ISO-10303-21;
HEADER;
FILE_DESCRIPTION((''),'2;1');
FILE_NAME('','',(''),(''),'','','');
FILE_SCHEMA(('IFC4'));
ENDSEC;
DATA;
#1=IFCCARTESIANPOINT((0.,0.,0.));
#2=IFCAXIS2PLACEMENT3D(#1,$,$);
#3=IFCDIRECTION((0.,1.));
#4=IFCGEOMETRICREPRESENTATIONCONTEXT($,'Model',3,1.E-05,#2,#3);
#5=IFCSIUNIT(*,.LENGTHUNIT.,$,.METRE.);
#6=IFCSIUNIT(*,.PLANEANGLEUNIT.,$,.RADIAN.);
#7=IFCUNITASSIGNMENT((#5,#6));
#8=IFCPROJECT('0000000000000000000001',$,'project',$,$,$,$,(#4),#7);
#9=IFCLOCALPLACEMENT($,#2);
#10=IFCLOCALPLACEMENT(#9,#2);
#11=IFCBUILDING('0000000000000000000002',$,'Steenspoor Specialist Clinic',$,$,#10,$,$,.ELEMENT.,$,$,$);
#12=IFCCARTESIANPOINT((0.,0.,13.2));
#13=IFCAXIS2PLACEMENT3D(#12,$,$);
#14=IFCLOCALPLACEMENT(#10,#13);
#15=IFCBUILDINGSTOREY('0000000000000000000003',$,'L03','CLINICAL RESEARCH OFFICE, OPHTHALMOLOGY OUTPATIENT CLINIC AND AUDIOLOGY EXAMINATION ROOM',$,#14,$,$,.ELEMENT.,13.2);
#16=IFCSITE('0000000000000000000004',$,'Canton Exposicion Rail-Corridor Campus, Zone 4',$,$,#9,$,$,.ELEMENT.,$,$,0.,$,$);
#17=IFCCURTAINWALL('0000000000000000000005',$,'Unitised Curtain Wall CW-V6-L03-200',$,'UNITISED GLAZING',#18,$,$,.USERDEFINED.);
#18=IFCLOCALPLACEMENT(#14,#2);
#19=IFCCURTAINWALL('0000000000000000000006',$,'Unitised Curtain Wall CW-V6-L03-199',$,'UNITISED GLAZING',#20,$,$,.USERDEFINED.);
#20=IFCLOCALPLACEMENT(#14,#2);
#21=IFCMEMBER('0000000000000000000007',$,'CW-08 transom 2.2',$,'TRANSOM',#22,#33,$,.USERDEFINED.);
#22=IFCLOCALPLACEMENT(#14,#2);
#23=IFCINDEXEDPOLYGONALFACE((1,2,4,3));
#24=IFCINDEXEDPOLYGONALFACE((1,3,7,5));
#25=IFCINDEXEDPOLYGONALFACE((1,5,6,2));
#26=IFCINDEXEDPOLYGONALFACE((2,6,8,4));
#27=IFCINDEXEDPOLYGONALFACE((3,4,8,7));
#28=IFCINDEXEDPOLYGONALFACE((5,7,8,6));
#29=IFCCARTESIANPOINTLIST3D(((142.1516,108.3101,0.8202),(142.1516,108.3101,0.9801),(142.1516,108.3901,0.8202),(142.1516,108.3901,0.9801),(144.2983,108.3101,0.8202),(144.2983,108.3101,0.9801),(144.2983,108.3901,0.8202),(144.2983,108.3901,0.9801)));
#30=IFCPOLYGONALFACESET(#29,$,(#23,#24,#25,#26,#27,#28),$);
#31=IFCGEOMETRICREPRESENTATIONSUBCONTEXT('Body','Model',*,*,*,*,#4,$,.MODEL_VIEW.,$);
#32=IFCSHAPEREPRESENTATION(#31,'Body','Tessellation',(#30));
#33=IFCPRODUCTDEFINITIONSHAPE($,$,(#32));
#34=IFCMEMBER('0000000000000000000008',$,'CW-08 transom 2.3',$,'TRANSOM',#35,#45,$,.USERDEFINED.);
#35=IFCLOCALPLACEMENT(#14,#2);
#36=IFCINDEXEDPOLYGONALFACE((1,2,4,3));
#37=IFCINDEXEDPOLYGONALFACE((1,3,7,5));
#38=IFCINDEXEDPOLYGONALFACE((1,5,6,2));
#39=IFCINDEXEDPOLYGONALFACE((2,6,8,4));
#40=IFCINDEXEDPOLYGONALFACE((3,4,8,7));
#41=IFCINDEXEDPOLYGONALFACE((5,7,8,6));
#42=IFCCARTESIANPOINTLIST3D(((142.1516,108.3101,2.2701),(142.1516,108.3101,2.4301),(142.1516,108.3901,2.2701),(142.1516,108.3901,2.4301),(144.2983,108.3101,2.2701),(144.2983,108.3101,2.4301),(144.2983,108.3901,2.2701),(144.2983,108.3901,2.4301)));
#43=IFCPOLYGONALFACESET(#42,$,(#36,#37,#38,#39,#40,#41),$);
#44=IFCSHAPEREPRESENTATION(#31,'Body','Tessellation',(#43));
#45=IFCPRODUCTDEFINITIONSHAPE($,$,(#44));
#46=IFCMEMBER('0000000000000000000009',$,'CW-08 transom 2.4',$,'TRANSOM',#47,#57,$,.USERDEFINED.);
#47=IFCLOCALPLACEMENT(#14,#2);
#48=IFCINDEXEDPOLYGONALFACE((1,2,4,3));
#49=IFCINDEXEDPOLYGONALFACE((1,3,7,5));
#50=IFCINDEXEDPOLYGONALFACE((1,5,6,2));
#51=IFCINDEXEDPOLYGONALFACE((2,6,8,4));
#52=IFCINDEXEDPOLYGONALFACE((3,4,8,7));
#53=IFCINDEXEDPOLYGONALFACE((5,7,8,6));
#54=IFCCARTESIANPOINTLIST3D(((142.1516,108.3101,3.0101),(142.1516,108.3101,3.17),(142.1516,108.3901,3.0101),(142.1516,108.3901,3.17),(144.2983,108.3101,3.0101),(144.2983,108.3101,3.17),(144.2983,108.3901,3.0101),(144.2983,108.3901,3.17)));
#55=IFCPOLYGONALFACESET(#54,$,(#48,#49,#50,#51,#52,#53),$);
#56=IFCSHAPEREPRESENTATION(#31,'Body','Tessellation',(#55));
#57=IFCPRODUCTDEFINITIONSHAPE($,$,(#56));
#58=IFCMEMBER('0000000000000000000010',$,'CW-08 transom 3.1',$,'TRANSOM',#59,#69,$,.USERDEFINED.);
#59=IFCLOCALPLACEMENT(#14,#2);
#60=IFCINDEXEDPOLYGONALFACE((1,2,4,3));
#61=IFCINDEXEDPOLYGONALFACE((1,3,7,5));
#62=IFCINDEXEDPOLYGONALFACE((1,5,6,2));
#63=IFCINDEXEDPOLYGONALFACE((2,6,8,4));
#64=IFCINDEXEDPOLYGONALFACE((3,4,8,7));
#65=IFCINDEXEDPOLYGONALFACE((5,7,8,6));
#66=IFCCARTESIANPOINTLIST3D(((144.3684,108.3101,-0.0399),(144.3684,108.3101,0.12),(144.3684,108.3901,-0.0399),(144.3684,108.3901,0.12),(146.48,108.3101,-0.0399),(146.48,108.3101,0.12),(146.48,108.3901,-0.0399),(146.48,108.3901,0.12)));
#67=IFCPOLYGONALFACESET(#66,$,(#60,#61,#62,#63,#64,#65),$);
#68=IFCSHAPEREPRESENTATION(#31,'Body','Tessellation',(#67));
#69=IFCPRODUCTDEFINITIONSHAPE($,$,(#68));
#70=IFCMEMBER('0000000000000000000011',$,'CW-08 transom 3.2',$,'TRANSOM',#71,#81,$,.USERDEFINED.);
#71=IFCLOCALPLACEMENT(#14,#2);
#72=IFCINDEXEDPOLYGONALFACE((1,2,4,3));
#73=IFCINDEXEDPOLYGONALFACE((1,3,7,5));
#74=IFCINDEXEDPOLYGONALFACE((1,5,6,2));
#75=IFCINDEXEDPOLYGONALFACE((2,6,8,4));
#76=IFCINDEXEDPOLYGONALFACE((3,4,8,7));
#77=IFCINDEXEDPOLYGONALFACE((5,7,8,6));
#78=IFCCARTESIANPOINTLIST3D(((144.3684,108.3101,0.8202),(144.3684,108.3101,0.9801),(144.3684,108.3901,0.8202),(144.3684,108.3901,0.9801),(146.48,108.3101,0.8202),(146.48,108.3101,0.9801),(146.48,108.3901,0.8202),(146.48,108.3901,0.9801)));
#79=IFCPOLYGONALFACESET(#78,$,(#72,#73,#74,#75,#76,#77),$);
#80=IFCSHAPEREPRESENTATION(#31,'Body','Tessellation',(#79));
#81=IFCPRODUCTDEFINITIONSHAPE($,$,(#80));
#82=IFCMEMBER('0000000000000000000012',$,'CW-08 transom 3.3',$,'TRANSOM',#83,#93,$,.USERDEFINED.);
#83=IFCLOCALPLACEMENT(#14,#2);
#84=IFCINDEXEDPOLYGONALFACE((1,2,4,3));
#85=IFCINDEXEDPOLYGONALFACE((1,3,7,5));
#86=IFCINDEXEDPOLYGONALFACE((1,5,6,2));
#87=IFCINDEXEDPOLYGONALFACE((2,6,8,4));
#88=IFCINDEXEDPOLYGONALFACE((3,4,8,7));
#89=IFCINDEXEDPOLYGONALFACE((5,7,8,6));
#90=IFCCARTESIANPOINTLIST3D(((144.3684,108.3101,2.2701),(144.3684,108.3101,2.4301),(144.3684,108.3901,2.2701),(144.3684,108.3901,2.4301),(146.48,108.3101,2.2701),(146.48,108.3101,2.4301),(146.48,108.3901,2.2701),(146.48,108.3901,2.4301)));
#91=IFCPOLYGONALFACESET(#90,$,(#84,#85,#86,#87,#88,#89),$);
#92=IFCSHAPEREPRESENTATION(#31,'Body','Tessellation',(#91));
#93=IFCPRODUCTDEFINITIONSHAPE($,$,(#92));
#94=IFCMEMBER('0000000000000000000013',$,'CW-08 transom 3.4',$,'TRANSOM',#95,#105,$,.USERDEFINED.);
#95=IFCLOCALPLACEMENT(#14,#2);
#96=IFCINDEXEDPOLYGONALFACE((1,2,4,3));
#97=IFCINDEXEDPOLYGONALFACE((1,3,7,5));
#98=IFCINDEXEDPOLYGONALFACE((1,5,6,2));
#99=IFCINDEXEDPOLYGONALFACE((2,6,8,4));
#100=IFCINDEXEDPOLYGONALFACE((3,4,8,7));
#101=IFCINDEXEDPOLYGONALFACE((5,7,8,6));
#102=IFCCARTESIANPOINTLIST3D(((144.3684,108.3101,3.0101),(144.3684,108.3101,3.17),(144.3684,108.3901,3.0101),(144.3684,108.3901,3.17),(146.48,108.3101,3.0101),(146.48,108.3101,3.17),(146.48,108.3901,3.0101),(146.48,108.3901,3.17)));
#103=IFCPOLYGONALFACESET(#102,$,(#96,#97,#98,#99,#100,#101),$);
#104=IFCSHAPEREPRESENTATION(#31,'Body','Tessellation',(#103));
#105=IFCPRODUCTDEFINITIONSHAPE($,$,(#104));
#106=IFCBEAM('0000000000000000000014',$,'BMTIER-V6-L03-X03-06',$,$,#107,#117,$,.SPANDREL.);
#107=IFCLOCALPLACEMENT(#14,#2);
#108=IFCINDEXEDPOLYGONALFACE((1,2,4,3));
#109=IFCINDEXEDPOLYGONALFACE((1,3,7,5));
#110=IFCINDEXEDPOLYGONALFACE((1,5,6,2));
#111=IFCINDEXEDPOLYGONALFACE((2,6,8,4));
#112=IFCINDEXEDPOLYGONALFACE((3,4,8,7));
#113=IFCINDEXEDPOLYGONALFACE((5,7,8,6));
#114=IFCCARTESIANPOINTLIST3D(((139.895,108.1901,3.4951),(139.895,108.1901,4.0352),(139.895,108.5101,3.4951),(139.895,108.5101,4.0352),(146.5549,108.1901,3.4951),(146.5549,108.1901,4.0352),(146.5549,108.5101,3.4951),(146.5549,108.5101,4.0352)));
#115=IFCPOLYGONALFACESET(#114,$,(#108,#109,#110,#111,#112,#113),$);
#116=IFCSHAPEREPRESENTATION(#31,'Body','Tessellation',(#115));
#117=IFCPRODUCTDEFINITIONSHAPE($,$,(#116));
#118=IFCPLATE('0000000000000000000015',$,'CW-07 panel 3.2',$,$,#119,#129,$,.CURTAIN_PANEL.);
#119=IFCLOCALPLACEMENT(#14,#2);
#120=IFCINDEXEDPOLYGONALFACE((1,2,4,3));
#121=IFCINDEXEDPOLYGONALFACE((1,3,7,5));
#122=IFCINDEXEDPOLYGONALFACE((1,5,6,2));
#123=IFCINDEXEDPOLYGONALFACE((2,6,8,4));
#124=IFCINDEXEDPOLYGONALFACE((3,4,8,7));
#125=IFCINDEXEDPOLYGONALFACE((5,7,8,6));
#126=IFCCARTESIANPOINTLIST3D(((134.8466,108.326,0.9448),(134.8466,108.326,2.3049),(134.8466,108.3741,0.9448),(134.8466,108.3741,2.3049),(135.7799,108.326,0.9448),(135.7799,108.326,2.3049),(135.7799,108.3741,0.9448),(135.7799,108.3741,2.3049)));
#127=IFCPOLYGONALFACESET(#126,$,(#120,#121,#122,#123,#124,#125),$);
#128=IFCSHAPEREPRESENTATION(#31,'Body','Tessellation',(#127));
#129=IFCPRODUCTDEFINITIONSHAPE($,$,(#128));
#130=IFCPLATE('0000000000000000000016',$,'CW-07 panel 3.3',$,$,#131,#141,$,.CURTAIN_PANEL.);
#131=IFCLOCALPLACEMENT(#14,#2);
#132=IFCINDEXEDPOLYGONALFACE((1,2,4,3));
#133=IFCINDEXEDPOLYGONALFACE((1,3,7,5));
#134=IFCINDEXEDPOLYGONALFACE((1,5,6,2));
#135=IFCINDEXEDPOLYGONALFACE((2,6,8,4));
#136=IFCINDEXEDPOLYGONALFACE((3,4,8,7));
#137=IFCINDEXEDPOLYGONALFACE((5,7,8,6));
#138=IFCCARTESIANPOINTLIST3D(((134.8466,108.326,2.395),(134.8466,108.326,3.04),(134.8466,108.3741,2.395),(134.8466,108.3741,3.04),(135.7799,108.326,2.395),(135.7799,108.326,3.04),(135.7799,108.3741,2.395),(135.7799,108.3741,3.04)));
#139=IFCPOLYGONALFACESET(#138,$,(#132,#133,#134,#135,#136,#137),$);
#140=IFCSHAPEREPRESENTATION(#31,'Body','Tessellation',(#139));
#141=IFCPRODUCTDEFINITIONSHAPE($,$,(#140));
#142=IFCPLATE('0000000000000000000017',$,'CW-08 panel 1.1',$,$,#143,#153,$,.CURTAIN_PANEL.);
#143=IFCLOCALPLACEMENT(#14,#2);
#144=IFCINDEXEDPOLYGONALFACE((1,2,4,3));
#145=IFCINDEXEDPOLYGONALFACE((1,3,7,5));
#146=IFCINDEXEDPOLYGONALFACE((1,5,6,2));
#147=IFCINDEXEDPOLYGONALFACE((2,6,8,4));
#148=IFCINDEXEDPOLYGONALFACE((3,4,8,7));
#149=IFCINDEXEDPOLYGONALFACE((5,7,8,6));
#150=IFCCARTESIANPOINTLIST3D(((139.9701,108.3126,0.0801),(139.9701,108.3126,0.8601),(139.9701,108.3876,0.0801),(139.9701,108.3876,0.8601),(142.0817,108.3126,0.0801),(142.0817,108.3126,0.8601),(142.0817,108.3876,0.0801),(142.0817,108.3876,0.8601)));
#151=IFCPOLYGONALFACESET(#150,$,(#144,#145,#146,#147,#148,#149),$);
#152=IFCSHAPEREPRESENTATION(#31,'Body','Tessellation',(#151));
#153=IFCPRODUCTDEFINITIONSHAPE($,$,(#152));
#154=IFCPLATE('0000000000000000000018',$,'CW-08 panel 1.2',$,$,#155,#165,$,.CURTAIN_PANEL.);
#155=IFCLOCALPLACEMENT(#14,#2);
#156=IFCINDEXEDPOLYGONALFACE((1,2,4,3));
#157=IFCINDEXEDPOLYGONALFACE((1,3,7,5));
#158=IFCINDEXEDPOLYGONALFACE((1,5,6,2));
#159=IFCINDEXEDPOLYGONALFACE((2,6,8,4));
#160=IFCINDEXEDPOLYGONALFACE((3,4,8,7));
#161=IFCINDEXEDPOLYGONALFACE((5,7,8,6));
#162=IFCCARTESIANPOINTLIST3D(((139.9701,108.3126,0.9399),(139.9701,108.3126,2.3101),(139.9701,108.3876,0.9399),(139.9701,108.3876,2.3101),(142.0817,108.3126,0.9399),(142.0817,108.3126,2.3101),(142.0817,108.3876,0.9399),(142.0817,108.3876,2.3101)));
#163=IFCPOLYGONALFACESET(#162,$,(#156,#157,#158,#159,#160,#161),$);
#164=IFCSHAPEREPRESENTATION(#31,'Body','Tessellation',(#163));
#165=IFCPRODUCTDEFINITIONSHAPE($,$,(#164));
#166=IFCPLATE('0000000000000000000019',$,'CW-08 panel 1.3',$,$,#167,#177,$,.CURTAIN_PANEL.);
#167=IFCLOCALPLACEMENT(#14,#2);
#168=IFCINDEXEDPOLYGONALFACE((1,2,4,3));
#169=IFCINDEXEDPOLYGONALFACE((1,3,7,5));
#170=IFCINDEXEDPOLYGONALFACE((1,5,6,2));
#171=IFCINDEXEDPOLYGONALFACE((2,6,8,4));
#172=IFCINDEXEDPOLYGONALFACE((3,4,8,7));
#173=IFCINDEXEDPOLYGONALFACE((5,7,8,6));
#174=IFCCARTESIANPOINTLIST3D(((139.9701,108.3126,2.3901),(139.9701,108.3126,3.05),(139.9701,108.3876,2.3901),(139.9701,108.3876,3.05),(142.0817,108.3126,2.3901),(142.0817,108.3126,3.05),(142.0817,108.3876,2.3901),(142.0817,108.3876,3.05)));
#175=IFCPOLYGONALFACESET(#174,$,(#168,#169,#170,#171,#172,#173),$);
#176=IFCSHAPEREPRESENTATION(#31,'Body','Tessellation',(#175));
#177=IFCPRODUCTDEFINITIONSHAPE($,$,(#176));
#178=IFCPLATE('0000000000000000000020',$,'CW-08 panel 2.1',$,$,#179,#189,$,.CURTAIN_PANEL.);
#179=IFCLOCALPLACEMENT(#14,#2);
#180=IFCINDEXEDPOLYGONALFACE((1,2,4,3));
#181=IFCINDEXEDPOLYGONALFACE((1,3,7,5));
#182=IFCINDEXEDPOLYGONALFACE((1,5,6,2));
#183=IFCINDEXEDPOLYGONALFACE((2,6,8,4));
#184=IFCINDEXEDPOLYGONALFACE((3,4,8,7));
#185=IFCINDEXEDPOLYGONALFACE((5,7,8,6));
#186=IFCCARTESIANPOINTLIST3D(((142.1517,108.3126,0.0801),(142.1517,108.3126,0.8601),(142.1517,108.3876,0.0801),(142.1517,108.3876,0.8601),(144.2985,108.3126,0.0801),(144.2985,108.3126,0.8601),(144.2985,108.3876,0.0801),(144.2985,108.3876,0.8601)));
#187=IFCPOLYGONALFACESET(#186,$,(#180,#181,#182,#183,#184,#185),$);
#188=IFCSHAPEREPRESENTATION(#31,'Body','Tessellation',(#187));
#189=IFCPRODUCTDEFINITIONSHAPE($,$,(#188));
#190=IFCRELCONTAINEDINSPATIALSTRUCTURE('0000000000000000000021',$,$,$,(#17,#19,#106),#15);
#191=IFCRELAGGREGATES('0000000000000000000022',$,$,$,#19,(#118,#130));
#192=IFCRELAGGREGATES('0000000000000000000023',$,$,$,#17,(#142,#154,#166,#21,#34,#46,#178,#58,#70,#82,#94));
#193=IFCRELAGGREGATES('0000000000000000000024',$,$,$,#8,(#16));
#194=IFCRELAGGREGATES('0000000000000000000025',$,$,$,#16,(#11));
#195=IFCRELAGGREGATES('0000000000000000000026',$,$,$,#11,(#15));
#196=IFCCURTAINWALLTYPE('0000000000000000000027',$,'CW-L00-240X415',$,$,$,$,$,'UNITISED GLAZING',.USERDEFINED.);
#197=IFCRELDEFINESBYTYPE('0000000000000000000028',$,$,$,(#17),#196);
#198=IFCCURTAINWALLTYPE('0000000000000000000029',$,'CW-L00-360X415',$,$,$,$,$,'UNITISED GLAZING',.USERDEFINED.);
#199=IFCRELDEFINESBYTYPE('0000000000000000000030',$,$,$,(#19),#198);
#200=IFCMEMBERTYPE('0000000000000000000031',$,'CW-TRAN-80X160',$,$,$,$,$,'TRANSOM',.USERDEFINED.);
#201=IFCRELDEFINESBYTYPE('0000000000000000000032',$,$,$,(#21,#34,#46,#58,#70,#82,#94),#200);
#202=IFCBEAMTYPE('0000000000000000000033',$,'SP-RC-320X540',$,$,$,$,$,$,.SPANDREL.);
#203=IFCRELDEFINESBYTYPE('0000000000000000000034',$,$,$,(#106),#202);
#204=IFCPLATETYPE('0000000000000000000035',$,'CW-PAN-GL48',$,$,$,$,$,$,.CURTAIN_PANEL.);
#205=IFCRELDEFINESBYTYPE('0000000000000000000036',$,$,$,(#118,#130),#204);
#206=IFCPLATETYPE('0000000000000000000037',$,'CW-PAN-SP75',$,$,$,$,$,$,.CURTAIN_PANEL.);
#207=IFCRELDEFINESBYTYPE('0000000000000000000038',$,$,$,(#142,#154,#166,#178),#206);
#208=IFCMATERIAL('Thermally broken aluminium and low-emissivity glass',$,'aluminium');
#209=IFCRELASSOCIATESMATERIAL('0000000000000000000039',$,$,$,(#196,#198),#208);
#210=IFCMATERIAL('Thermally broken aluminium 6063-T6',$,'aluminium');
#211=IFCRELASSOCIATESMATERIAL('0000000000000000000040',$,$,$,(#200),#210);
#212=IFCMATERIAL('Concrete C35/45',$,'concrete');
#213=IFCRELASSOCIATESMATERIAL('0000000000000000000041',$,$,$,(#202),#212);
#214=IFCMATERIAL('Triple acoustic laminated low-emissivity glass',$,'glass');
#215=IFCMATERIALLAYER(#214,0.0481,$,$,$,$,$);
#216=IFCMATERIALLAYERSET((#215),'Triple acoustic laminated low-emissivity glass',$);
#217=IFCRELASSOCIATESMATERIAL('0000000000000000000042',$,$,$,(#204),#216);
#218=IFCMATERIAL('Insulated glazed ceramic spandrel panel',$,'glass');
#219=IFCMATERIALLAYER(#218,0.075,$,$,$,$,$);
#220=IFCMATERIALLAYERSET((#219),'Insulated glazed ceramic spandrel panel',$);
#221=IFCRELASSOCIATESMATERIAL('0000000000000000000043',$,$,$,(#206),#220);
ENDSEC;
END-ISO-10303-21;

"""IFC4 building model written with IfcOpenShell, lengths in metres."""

from ifc_helpers import new_model, si_unit, direction, frame, origin, origin_2d, place, context, subcontext, project, spatial, rectangle, extrude, material, layer, layer_set, material_profile, profile_set, type_object, element, aggregate, save


model = new_model("IFC4")

# Units and contexts
model_context = context("Model", 3, precision=1e-05, world=origin(), true_north=direction((0.0, 1.0)))
body_context = subcontext(model_context, "Body", "Model", "MODEL_VIEW")
ifc_project = project(units=[si_unit("LENGTHUNIT", "METRE"), si_unit("PLANEANGLEUNIT", "RADIAN")], contexts=[model_context])

# Site, building, storey
site_placement = place(None, origin())
site = spatial("IfcSite", under=ifc_project, at=site_placement, Name="Canton Exposicion Rail-Corridor Campus, Zone 4", CompositionType="ELEMENT", RefElevation=0.0)
building_placement = place(site_placement, origin())
building = spatial("IfcBuilding", under=site, at=building_placement, Name="Steenspoor Specialist Clinic", CompositionType="ELEMENT")
storey_placement = place(building_placement, frame((0.0, 0.0, 13.2)))
storey = spatial("IfcBuildingStorey", under=building, at=storey_placement, Name="L03", Description="CLINICAL RESEARCH OFFICE, OPHTHALMOLOGY OUTPATIENT CLINIC AND AUDIOLOGY EXAMINATION ROOM", CompositionType="ELEMENT", Elevation=13.2)

# Curtain wall
ifc_material_1 = material(Name="Thermally broken aluminium and low-emissivity glass", Category="aluminium")
curtain_wall_type_1 = type_object("IfcCurtainWallType", Name="CW-L00-240X415", ElementType="UNITISED GLAZING", PredefinedType="USERDEFINED", material=ifc_material_1)
curtain_wall_1_placement = place(storey_placement, origin())
curtain_wall_1 = element("IfcCurtainWall", 1, at=curtain_wall_1_placement, inside=storey, type_object=curtain_wall_type_1, Name="Unitised Curtain Wall CW-V6-L03-200", ObjectType="UNITISED GLAZING", PredefinedType="USERDEFINED")
ifc_material_2 = material(Name="Thermally broken aluminium 6063-T6", Category="aluminium")

# Curtain wall
curtain_wall_type_2 = type_object("IfcCurtainWallType", Name="CW-L00-360X415", ElementType="UNITISED GLAZING", PredefinedType="USERDEFINED", material=ifc_material_1)
curtain_wall_2_placement = place(storey_placement, origin())
curtain_wall_2 = element("IfcCurtainWall", 2, at=curtain_wall_2_placement, inside=storey, type_object=curtain_wall_type_2, Name="Unitised Curtain Wall CW-V6-L03-199", ObjectType="UNITISED GLAZING", PredefinedType="USERDEFINED")

# Members
ifc_material_profile_1 = material_profile(ifc_material_2, rectangle(XDim=0.0801, YDim=0.1599, at=origin_2d()), Name="CWT-80X160")
ifc_profile_set_1 = profile_set([ifc_material_profile_1], Name="Thermally broken aluminium 6063-T6")
member_type_1 = type_object("IfcMemberType", Name="CW-TRAN-80X160", ElementType="TRANSOM", PredefinedType="USERDEFINED", material=ifc_profile_set_1)
member_1_placement = place(storey_placement, frame((142.1516, 108.3501, 0.9001), z_axis=(1.0, 0.0, 0.0), x_axis=(0.0, 1.0, 0.0)))
member_1 = element("IfcMember", 3, at=member_1_placement, type_object=member_type_1, Name="CW-08 transom 2.2", ObjectType="TRANSOM", PredefinedType="USERDEFINED", context=body_context, shape_type="SweptSolid", body=[
    extrude(rectangle(XDim=0.0801, YDim=0.1599, at=origin_2d()), origin(), (0.0, 0.0, 1.0), 2.1467),
])
member_2_placement = place(storey_placement, frame((142.1516, 108.3501, 2.3501), z_axis=(1.0, 0.0, 0.0), x_axis=(0.0, 1.0, 0.0)))
member_2 = element("IfcMember", 4, at=member_2_placement, type_object=member_type_1, Name="CW-08 transom 2.3", ObjectType="TRANSOM", PredefinedType="USERDEFINED", context=body_context, shape_type="SweptSolid", body=[
    extrude(rectangle(XDim=0.0801, YDim=0.1599, at=origin_2d()), origin(), (0.0, 0.0, 1.0), 2.1467),
])
member_3_placement = place(storey_placement, frame((142.1516, 108.3501, 3.0901), z_axis=(1.0, 0.0, 0.0), x_axis=(0.0, 1.0, 0.0)))
member_3 = element("IfcMember", 5, at=member_3_placement, type_object=member_type_1, Name="CW-08 transom 2.4", ObjectType="TRANSOM", PredefinedType="USERDEFINED", context=body_context, shape_type="SweptSolid", body=[
    extrude(rectangle(XDim=0.0801, YDim=0.1599, at=origin_2d()), origin(), (0.0, 0.0, 1.0), 2.1467),
])
member_4_placement = place(storey_placement, frame((144.3684, 108.3501, 0.04), z_axis=(1.0, 0.0, 0.0), x_axis=(0.0, 1.0, 0.0)))
member_4 = element("IfcMember", 6, at=member_4_placement, type_object=member_type_1, Name="CW-08 transom 3.1", ObjectType="TRANSOM", PredefinedType="USERDEFINED", context=body_context, shape_type="SweptSolid", body=[
    extrude(rectangle(XDim=0.0801, YDim=0.1599, at=origin_2d()), origin(), (0.0, 0.0, 1.0), 2.1116),
])
member_5_placement = place(storey_placement, frame((144.3684, 108.3501, 0.9001), z_axis=(1.0, 0.0, 0.0), x_axis=(0.0, 1.0, 0.0)))
member_5 = element("IfcMember", 7, at=member_5_placement, type_object=member_type_1, Name="CW-08 transom 3.2", ObjectType="TRANSOM", PredefinedType="USERDEFINED", context=body_context, shape_type="SweptSolid", body=[
    extrude(rectangle(XDim=0.0801, YDim=0.1599, at=origin_2d()), origin(), (0.0, 0.0, 1.0), 2.1116),
])
member_6_placement = place(storey_placement, frame((144.3684, 108.3501, 2.3501), z_axis=(1.0, 0.0, 0.0), x_axis=(0.0, 1.0, 0.0)))
member_6 = element("IfcMember", 8, at=member_6_placement, type_object=member_type_1, Name="CW-08 transom 3.3", ObjectType="TRANSOM", PredefinedType="USERDEFINED", context=body_context, shape_type="SweptSolid", body=[
    extrude(rectangle(XDim=0.0801, YDim=0.1599, at=origin_2d()), origin(), (0.0, 0.0, 1.0), 2.1116),
])
member_7_placement = place(storey_placement, frame((144.3684, 108.3501, 3.0901), z_axis=(1.0, 0.0, 0.0), x_axis=(0.0, 1.0, 0.0)))
member_7 = element("IfcMember", 9, at=member_7_placement, type_object=member_type_1, Name="CW-08 transom 3.4", ObjectType="TRANSOM", PredefinedType="USERDEFINED", context=body_context, shape_type="SweptSolid", body=[
    extrude(rectangle(XDim=0.0801, YDim=0.1599, at=origin_2d()), origin(), (0.0, 0.0, 1.0), 2.1116),
])

# Beam
ifc_material_3 = material(Name="Concrete C35/45", Category="concrete")
ifc_material_profile_2 = material_profile(ifc_material_3, rectangle(XDim=0.3201, YDim=0.54, at=origin_2d()), Name="RC-SP-320X540")
ifc_profile_set_2 = profile_set([ifc_material_profile_2], Name="Concrete C35/45")
beam_type = type_object("IfcBeamType", Name="SP-RC-320X540", PredefinedType="SPANDREL", material=ifc_profile_set_2)
beam_placement = place(storey_placement, frame((139.895, 108.3501, 3.7651), z_axis=(1.0, 0.0, 0.0), x_axis=(0.0, 1.0, 0.0)))
element("IfcBeam", 10, at=beam_placement, inside=storey, type_object=beam_type, Name="BMTIER-V6-L03-X03-06", PredefinedType="SPANDREL", context=body_context, shape_type="SweptSolid", body=[
    extrude(rectangle(XDim=0.3201, YDim=0.54, at=origin_2d()), origin(), (0.0, 0.0, 1.0), 6.6599),
])

# Plates
ifc_material_4 = material(Name="Triple acoustic laminated low-emissivity glass", Category="glass")
ifc_layer_1 = layer(ifc_material_4, 0.0481)
ifc_layer_set_1 = layer_set([ifc_layer_1], Name="Triple acoustic laminated low-emissivity glass")
plate_type_1 = type_object("IfcPlateType", Name="CW-PAN-GL48", PredefinedType="CURTAIN_PANEL", material=ifc_layer_set_1)
plate_1_placement = place(storey_placement, frame((135.3132, 108.3501, 0.9448), z_axis=(0.0, 0.0, 1.0), x_axis=(1.0, 0.0, 0.0)))
plate_1 = element("IfcPlate", 11, at=plate_1_placement, type_object=plate_type_1, Name="CW-07 panel 3.2", PredefinedType="CURTAIN_PANEL", context=body_context, shape_type="SweptSolid", body=[
    extrude(rectangle(XDim=0.9333, YDim=0.0481, at=origin_2d()), origin(), (0.0, 0.0, 1.0), 1.3601),
])
plate_2_placement = place(storey_placement, frame((135.3132, 108.3501, 2.395), z_axis=(0.0, 0.0, 1.0), x_axis=(1.0, 0.0, 0.0)))
plate_2 = element("IfcPlate", 12, at=plate_2_placement, type_object=plate_type_1, Name="CW-07 panel 3.3", PredefinedType="CURTAIN_PANEL", context=body_context, shape_type="SweptSolid", body=[
    extrude(rectangle(XDim=0.9333, YDim=0.0481, at=origin_2d()), origin(), (0.0, 0.0, 1.0), 0.645),
])
aggregate(curtain_wall_2, [plate_1, plate_2])
ifc_material_5 = material(Name="Insulated glazed ceramic spandrel panel", Category="glass")
ifc_layer_2 = layer(ifc_material_5, 0.075)
ifc_layer_set_2 = layer_set([ifc_layer_2], Name="Insulated glazed ceramic spandrel panel")
plate_type_2 = type_object("IfcPlateType", Name="CW-PAN-SP75", PredefinedType="CURTAIN_PANEL", material=ifc_layer_set_2)
plate_3_placement = place(storey_placement, frame((141.0259, 108.3501, 0.0801), z_axis=(0.0, 0.0, 1.0), x_axis=(1.0, 0.0, 0.0)))
plate_3 = element("IfcPlate", 13, at=plate_3_placement, type_object=plate_type_2, Name="CW-08 panel 1.1", PredefinedType="CURTAIN_PANEL", context=body_context, shape_type="SweptSolid", body=[
    extrude(rectangle(XDim=2.1116, YDim=0.075, at=origin_2d()), origin(), (0.0, 0.0, 1.0), 0.78),
])
plate_4_placement = place(storey_placement, frame((141.0259, 108.3501, 0.9399), z_axis=(0.0, 0.0, 1.0), x_axis=(1.0, 0.0, 0.0)))
plate_4 = element("IfcPlate", 14, at=plate_4_placement, type_object=plate_type_2, Name="CW-08 panel 1.2", PredefinedType="CURTAIN_PANEL", context=body_context, shape_type="SweptSolid", body=[
    extrude(rectangle(XDim=2.1116, YDim=0.075, at=origin_2d()), origin(), (0.0, 0.0, 1.0), 1.3701),
])
plate_5_placement = place(storey_placement, frame((141.0259, 108.3501, 2.3901), z_axis=(0.0, 0.0, 1.0), x_axis=(1.0, 0.0, 0.0)))
plate_5 = element("IfcPlate", 15, at=plate_5_placement, type_object=plate_type_2, Name="CW-08 panel 1.3", PredefinedType="CURTAIN_PANEL", context=body_context, shape_type="SweptSolid", body=[
    extrude(rectangle(XDim=2.1116, YDim=0.075, at=origin_2d()), origin(), (0.0, 0.0, 1.0), 0.6599),
])
plate_6_placement = place(storey_placement, frame((143.2251, 108.3501, 0.0801), z_axis=(0.0, 0.0, 1.0), x_axis=(1.0, 0.0, 0.0)))
plate_6 = element("IfcPlate", 16, at=plate_6_placement, type_object=plate_type_2, Name="CW-08 panel 2.1", PredefinedType="CURTAIN_PANEL", context=body_context, shape_type="SweptSolid", body=[
    extrude(rectangle(XDim=2.1467, YDim=0.075, at=origin_2d()), origin(), (0.0, 0.0, 1.0), 0.78),
])
aggregate(curtain_wall_1, [plate_3, plate_4, plate_5, member_1, member_2, member_3, plate_6, member_4, member_5, member_6, member_7])

save(model, "model.ifc")
